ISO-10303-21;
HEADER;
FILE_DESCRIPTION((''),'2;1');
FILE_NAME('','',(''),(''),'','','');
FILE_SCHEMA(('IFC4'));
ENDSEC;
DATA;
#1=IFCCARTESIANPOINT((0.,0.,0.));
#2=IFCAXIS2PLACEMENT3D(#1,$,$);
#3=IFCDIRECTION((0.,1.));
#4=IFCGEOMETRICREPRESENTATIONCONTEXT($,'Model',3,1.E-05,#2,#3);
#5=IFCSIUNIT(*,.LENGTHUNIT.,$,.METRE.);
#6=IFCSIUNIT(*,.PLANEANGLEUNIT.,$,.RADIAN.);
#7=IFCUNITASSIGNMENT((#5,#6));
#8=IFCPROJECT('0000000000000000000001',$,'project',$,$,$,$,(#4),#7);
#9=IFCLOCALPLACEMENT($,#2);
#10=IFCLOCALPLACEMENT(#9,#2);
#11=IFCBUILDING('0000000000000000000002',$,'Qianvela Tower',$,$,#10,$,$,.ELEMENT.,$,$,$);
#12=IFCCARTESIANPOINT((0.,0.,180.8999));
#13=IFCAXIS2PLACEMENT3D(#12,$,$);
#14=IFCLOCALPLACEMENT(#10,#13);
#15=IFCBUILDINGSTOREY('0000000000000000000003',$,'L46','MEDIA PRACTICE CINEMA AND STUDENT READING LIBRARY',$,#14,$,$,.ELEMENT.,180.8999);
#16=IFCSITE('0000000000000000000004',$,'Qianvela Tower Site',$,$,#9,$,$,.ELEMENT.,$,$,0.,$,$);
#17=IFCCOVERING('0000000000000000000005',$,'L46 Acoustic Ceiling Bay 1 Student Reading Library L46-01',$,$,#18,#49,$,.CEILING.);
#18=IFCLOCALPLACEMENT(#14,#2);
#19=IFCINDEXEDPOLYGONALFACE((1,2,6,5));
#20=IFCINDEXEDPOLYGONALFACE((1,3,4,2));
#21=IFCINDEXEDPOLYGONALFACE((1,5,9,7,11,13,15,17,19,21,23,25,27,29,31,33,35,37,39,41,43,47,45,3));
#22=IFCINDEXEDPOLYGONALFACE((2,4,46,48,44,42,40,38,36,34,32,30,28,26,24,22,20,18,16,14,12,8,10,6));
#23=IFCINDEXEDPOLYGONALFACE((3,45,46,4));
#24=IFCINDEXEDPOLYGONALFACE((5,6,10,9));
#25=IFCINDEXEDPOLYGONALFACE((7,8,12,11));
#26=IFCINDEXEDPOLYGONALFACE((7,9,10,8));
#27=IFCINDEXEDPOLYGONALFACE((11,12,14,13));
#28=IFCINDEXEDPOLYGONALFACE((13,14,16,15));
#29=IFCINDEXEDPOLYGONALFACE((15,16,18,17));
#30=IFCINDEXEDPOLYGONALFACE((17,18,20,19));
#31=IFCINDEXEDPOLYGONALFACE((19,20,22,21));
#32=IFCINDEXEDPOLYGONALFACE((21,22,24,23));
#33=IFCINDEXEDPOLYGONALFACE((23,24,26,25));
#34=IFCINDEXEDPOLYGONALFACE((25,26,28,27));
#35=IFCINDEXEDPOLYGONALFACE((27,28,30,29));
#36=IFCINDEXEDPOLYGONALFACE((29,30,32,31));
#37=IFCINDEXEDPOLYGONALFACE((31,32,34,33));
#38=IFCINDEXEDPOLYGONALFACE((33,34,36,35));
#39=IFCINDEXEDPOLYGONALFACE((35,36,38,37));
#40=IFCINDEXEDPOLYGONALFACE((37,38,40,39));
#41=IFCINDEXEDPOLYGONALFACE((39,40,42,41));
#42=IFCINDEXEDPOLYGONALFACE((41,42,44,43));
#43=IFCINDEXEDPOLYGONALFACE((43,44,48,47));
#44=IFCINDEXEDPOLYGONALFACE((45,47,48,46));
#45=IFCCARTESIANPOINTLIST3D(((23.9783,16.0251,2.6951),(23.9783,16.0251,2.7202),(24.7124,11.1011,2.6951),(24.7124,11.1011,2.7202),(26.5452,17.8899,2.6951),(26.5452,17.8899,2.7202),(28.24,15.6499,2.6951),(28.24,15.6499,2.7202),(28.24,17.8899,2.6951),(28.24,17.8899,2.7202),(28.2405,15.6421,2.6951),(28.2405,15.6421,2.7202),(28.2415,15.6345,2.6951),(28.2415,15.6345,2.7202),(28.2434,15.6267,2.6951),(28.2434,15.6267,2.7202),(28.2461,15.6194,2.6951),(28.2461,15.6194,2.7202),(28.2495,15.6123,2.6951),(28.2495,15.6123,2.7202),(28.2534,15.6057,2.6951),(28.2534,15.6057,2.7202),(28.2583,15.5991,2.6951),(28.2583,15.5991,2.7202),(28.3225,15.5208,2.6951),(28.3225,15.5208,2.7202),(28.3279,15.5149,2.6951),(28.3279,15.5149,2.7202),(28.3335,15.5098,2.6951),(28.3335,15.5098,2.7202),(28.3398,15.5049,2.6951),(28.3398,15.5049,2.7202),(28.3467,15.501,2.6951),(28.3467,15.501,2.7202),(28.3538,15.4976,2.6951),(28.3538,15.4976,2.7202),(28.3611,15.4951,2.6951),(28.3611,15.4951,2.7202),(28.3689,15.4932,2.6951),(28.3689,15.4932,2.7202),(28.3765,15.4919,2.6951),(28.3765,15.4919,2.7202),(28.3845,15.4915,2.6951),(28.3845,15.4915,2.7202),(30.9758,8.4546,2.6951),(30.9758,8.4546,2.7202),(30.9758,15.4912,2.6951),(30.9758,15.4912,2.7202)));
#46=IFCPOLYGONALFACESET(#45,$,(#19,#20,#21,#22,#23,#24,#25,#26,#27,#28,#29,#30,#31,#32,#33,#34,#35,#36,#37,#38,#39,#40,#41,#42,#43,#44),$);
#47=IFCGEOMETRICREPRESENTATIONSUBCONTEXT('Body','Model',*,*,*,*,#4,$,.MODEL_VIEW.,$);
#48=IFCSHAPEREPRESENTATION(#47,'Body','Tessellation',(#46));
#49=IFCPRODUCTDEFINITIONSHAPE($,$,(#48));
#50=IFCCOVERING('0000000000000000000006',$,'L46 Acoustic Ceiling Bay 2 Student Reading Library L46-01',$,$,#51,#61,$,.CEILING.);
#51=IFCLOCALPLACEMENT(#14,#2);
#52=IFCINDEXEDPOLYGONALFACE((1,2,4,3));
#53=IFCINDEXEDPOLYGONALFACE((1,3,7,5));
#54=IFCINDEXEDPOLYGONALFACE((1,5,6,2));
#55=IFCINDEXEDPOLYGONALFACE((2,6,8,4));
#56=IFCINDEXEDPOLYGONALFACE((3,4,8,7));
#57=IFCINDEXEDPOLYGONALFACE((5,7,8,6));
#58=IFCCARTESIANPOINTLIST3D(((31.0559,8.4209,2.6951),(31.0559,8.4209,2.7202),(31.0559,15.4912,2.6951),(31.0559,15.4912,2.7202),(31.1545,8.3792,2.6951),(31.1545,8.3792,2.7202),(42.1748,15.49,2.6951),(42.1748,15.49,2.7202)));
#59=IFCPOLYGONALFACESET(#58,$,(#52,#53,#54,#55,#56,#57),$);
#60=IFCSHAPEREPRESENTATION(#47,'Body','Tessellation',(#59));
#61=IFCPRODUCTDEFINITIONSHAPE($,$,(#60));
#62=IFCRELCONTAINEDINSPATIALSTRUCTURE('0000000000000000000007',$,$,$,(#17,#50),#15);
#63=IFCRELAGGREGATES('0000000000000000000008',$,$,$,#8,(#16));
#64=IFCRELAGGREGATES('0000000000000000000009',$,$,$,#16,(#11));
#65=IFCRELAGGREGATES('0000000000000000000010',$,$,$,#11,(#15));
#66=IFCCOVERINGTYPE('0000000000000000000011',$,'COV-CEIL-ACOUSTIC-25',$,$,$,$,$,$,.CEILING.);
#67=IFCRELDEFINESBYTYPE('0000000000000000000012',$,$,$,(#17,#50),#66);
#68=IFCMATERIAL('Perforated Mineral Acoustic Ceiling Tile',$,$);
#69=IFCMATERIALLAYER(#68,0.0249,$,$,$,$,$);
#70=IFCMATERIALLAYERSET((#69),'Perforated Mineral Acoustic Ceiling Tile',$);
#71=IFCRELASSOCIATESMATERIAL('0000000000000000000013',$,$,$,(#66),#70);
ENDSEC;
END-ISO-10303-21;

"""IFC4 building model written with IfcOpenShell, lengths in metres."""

from ifc_helpers import new_model, si_unit, direction, frame, origin, place, context, subcontext, project, spatial, polyline, outline, extrude, material, layer, layer_set, type_object, element, save


model = new_model("IFC4")

# Units and contexts
model_context = context("Model", 3, precision=1e-05, world=origin(), true_north=direction((0.0, 1.0)))
body_context = subcontext(model_context, "Body", "Model", "MODEL_VIEW")
ifc_project = project(units=[si_unit("LENGTHUNIT", "METRE"), si_unit("PLANEANGLEUNIT", "RADIAN")], contexts=[model_context])

# Site, building, storey
site_placement = place(None, origin())
site = spatial("IfcSite", under=ifc_project, at=site_placement, Name="Qianvela Tower Site", CompositionType="ELEMENT", RefElevation=0.0)
building_placement = place(site_placement, origin())
building = spatial("IfcBuilding", under=site, at=building_placement, Name="Qianvela Tower", CompositionType="ELEMENT")
storey_placement = place(building_placement, frame((0.0, 0.0, 180.8999)))
storey = spatial("IfcBuildingStorey", under=building, at=storey_placement, Name="L46", Description="MEDIA PRACTICE CINEMA AND STUDENT READING LIBRARY", CompositionType="ELEMENT", Elevation=180.8999)

# Coverings
ifc_material_1 = material(Name="Perforated Mineral Acoustic Ceiling Tile")
ifc_layer_1 = layer(ifc_material_1, 0.0249)
ifc_layer_set_1 = layer_set([ifc_layer_1], Name="Perforated Mineral Acoustic Ceiling Tile")
covering_type_1 = type_object("IfcCoveringType", Name="COV-CEIL-ACOUSTIC-25", PredefinedType="CEILING", material=ifc_layer_set_1)
covering_1_placement = place(storey_placement, frame((0.0, 0.0, 2.6951)))
element("IfcCovering", 1, at=covering_1_placement, inside=storey, type_object=covering_type_1, Name="L46 Acoustic Ceiling Bay 1 Student Reading Library L46-01", PredefinedType="CEILING", context=body_context, shape_type="SweptSolid", body=[
    extrude(outline(polyline([(28.24, 15.6499), (28.2405, 15.6421), (28.2415, 15.6345), (28.2434, 15.6267), (28.2461, 15.6194), (28.2495, 15.6123), (28.2534, 15.6057), (28.2583, 15.5991), (28.3225, 15.5208), (28.3279, 15.5149), (28.3335, 15.5098), (28.3398, 15.5049), (28.3467, 15.501), (28.3538, 15.4976), (28.3611, 15.4951), (28.3689, 15.4932), (28.3765, 15.4919), (28.3845, 15.4915), (30.9758, 15.4912), (30.9758, 8.4546), (24.7124, 11.1011), (23.9783, 16.0251), (26.5452, 17.8899), (28.24, 17.8899), (28.24, 15.6499)])), origin(), (0.0, 0.0, 1.0), 0.0251),
])
covering_2_placement = place(storey_placement, frame((0.0, 0.0, 2.6951)))
element("IfcCovering", 2, at=covering_2_placement, inside=storey, type_object=covering_type_1, Name="L46 Acoustic Ceiling Bay 2 Student Reading Library L46-01", PredefinedType="CEILING", context=body_context, shape_type="SweptSolid", body=[
    extrude(outline(polyline([(42.1748, 15.49), (31.1545, 8.3792), (31.0559, 8.4209), (31.0559, 15.4912), (42.1748, 15.49)])), origin(), (0.0, 0.0, 1.0), 0.0251),
])

save(model, "model.ifc")
